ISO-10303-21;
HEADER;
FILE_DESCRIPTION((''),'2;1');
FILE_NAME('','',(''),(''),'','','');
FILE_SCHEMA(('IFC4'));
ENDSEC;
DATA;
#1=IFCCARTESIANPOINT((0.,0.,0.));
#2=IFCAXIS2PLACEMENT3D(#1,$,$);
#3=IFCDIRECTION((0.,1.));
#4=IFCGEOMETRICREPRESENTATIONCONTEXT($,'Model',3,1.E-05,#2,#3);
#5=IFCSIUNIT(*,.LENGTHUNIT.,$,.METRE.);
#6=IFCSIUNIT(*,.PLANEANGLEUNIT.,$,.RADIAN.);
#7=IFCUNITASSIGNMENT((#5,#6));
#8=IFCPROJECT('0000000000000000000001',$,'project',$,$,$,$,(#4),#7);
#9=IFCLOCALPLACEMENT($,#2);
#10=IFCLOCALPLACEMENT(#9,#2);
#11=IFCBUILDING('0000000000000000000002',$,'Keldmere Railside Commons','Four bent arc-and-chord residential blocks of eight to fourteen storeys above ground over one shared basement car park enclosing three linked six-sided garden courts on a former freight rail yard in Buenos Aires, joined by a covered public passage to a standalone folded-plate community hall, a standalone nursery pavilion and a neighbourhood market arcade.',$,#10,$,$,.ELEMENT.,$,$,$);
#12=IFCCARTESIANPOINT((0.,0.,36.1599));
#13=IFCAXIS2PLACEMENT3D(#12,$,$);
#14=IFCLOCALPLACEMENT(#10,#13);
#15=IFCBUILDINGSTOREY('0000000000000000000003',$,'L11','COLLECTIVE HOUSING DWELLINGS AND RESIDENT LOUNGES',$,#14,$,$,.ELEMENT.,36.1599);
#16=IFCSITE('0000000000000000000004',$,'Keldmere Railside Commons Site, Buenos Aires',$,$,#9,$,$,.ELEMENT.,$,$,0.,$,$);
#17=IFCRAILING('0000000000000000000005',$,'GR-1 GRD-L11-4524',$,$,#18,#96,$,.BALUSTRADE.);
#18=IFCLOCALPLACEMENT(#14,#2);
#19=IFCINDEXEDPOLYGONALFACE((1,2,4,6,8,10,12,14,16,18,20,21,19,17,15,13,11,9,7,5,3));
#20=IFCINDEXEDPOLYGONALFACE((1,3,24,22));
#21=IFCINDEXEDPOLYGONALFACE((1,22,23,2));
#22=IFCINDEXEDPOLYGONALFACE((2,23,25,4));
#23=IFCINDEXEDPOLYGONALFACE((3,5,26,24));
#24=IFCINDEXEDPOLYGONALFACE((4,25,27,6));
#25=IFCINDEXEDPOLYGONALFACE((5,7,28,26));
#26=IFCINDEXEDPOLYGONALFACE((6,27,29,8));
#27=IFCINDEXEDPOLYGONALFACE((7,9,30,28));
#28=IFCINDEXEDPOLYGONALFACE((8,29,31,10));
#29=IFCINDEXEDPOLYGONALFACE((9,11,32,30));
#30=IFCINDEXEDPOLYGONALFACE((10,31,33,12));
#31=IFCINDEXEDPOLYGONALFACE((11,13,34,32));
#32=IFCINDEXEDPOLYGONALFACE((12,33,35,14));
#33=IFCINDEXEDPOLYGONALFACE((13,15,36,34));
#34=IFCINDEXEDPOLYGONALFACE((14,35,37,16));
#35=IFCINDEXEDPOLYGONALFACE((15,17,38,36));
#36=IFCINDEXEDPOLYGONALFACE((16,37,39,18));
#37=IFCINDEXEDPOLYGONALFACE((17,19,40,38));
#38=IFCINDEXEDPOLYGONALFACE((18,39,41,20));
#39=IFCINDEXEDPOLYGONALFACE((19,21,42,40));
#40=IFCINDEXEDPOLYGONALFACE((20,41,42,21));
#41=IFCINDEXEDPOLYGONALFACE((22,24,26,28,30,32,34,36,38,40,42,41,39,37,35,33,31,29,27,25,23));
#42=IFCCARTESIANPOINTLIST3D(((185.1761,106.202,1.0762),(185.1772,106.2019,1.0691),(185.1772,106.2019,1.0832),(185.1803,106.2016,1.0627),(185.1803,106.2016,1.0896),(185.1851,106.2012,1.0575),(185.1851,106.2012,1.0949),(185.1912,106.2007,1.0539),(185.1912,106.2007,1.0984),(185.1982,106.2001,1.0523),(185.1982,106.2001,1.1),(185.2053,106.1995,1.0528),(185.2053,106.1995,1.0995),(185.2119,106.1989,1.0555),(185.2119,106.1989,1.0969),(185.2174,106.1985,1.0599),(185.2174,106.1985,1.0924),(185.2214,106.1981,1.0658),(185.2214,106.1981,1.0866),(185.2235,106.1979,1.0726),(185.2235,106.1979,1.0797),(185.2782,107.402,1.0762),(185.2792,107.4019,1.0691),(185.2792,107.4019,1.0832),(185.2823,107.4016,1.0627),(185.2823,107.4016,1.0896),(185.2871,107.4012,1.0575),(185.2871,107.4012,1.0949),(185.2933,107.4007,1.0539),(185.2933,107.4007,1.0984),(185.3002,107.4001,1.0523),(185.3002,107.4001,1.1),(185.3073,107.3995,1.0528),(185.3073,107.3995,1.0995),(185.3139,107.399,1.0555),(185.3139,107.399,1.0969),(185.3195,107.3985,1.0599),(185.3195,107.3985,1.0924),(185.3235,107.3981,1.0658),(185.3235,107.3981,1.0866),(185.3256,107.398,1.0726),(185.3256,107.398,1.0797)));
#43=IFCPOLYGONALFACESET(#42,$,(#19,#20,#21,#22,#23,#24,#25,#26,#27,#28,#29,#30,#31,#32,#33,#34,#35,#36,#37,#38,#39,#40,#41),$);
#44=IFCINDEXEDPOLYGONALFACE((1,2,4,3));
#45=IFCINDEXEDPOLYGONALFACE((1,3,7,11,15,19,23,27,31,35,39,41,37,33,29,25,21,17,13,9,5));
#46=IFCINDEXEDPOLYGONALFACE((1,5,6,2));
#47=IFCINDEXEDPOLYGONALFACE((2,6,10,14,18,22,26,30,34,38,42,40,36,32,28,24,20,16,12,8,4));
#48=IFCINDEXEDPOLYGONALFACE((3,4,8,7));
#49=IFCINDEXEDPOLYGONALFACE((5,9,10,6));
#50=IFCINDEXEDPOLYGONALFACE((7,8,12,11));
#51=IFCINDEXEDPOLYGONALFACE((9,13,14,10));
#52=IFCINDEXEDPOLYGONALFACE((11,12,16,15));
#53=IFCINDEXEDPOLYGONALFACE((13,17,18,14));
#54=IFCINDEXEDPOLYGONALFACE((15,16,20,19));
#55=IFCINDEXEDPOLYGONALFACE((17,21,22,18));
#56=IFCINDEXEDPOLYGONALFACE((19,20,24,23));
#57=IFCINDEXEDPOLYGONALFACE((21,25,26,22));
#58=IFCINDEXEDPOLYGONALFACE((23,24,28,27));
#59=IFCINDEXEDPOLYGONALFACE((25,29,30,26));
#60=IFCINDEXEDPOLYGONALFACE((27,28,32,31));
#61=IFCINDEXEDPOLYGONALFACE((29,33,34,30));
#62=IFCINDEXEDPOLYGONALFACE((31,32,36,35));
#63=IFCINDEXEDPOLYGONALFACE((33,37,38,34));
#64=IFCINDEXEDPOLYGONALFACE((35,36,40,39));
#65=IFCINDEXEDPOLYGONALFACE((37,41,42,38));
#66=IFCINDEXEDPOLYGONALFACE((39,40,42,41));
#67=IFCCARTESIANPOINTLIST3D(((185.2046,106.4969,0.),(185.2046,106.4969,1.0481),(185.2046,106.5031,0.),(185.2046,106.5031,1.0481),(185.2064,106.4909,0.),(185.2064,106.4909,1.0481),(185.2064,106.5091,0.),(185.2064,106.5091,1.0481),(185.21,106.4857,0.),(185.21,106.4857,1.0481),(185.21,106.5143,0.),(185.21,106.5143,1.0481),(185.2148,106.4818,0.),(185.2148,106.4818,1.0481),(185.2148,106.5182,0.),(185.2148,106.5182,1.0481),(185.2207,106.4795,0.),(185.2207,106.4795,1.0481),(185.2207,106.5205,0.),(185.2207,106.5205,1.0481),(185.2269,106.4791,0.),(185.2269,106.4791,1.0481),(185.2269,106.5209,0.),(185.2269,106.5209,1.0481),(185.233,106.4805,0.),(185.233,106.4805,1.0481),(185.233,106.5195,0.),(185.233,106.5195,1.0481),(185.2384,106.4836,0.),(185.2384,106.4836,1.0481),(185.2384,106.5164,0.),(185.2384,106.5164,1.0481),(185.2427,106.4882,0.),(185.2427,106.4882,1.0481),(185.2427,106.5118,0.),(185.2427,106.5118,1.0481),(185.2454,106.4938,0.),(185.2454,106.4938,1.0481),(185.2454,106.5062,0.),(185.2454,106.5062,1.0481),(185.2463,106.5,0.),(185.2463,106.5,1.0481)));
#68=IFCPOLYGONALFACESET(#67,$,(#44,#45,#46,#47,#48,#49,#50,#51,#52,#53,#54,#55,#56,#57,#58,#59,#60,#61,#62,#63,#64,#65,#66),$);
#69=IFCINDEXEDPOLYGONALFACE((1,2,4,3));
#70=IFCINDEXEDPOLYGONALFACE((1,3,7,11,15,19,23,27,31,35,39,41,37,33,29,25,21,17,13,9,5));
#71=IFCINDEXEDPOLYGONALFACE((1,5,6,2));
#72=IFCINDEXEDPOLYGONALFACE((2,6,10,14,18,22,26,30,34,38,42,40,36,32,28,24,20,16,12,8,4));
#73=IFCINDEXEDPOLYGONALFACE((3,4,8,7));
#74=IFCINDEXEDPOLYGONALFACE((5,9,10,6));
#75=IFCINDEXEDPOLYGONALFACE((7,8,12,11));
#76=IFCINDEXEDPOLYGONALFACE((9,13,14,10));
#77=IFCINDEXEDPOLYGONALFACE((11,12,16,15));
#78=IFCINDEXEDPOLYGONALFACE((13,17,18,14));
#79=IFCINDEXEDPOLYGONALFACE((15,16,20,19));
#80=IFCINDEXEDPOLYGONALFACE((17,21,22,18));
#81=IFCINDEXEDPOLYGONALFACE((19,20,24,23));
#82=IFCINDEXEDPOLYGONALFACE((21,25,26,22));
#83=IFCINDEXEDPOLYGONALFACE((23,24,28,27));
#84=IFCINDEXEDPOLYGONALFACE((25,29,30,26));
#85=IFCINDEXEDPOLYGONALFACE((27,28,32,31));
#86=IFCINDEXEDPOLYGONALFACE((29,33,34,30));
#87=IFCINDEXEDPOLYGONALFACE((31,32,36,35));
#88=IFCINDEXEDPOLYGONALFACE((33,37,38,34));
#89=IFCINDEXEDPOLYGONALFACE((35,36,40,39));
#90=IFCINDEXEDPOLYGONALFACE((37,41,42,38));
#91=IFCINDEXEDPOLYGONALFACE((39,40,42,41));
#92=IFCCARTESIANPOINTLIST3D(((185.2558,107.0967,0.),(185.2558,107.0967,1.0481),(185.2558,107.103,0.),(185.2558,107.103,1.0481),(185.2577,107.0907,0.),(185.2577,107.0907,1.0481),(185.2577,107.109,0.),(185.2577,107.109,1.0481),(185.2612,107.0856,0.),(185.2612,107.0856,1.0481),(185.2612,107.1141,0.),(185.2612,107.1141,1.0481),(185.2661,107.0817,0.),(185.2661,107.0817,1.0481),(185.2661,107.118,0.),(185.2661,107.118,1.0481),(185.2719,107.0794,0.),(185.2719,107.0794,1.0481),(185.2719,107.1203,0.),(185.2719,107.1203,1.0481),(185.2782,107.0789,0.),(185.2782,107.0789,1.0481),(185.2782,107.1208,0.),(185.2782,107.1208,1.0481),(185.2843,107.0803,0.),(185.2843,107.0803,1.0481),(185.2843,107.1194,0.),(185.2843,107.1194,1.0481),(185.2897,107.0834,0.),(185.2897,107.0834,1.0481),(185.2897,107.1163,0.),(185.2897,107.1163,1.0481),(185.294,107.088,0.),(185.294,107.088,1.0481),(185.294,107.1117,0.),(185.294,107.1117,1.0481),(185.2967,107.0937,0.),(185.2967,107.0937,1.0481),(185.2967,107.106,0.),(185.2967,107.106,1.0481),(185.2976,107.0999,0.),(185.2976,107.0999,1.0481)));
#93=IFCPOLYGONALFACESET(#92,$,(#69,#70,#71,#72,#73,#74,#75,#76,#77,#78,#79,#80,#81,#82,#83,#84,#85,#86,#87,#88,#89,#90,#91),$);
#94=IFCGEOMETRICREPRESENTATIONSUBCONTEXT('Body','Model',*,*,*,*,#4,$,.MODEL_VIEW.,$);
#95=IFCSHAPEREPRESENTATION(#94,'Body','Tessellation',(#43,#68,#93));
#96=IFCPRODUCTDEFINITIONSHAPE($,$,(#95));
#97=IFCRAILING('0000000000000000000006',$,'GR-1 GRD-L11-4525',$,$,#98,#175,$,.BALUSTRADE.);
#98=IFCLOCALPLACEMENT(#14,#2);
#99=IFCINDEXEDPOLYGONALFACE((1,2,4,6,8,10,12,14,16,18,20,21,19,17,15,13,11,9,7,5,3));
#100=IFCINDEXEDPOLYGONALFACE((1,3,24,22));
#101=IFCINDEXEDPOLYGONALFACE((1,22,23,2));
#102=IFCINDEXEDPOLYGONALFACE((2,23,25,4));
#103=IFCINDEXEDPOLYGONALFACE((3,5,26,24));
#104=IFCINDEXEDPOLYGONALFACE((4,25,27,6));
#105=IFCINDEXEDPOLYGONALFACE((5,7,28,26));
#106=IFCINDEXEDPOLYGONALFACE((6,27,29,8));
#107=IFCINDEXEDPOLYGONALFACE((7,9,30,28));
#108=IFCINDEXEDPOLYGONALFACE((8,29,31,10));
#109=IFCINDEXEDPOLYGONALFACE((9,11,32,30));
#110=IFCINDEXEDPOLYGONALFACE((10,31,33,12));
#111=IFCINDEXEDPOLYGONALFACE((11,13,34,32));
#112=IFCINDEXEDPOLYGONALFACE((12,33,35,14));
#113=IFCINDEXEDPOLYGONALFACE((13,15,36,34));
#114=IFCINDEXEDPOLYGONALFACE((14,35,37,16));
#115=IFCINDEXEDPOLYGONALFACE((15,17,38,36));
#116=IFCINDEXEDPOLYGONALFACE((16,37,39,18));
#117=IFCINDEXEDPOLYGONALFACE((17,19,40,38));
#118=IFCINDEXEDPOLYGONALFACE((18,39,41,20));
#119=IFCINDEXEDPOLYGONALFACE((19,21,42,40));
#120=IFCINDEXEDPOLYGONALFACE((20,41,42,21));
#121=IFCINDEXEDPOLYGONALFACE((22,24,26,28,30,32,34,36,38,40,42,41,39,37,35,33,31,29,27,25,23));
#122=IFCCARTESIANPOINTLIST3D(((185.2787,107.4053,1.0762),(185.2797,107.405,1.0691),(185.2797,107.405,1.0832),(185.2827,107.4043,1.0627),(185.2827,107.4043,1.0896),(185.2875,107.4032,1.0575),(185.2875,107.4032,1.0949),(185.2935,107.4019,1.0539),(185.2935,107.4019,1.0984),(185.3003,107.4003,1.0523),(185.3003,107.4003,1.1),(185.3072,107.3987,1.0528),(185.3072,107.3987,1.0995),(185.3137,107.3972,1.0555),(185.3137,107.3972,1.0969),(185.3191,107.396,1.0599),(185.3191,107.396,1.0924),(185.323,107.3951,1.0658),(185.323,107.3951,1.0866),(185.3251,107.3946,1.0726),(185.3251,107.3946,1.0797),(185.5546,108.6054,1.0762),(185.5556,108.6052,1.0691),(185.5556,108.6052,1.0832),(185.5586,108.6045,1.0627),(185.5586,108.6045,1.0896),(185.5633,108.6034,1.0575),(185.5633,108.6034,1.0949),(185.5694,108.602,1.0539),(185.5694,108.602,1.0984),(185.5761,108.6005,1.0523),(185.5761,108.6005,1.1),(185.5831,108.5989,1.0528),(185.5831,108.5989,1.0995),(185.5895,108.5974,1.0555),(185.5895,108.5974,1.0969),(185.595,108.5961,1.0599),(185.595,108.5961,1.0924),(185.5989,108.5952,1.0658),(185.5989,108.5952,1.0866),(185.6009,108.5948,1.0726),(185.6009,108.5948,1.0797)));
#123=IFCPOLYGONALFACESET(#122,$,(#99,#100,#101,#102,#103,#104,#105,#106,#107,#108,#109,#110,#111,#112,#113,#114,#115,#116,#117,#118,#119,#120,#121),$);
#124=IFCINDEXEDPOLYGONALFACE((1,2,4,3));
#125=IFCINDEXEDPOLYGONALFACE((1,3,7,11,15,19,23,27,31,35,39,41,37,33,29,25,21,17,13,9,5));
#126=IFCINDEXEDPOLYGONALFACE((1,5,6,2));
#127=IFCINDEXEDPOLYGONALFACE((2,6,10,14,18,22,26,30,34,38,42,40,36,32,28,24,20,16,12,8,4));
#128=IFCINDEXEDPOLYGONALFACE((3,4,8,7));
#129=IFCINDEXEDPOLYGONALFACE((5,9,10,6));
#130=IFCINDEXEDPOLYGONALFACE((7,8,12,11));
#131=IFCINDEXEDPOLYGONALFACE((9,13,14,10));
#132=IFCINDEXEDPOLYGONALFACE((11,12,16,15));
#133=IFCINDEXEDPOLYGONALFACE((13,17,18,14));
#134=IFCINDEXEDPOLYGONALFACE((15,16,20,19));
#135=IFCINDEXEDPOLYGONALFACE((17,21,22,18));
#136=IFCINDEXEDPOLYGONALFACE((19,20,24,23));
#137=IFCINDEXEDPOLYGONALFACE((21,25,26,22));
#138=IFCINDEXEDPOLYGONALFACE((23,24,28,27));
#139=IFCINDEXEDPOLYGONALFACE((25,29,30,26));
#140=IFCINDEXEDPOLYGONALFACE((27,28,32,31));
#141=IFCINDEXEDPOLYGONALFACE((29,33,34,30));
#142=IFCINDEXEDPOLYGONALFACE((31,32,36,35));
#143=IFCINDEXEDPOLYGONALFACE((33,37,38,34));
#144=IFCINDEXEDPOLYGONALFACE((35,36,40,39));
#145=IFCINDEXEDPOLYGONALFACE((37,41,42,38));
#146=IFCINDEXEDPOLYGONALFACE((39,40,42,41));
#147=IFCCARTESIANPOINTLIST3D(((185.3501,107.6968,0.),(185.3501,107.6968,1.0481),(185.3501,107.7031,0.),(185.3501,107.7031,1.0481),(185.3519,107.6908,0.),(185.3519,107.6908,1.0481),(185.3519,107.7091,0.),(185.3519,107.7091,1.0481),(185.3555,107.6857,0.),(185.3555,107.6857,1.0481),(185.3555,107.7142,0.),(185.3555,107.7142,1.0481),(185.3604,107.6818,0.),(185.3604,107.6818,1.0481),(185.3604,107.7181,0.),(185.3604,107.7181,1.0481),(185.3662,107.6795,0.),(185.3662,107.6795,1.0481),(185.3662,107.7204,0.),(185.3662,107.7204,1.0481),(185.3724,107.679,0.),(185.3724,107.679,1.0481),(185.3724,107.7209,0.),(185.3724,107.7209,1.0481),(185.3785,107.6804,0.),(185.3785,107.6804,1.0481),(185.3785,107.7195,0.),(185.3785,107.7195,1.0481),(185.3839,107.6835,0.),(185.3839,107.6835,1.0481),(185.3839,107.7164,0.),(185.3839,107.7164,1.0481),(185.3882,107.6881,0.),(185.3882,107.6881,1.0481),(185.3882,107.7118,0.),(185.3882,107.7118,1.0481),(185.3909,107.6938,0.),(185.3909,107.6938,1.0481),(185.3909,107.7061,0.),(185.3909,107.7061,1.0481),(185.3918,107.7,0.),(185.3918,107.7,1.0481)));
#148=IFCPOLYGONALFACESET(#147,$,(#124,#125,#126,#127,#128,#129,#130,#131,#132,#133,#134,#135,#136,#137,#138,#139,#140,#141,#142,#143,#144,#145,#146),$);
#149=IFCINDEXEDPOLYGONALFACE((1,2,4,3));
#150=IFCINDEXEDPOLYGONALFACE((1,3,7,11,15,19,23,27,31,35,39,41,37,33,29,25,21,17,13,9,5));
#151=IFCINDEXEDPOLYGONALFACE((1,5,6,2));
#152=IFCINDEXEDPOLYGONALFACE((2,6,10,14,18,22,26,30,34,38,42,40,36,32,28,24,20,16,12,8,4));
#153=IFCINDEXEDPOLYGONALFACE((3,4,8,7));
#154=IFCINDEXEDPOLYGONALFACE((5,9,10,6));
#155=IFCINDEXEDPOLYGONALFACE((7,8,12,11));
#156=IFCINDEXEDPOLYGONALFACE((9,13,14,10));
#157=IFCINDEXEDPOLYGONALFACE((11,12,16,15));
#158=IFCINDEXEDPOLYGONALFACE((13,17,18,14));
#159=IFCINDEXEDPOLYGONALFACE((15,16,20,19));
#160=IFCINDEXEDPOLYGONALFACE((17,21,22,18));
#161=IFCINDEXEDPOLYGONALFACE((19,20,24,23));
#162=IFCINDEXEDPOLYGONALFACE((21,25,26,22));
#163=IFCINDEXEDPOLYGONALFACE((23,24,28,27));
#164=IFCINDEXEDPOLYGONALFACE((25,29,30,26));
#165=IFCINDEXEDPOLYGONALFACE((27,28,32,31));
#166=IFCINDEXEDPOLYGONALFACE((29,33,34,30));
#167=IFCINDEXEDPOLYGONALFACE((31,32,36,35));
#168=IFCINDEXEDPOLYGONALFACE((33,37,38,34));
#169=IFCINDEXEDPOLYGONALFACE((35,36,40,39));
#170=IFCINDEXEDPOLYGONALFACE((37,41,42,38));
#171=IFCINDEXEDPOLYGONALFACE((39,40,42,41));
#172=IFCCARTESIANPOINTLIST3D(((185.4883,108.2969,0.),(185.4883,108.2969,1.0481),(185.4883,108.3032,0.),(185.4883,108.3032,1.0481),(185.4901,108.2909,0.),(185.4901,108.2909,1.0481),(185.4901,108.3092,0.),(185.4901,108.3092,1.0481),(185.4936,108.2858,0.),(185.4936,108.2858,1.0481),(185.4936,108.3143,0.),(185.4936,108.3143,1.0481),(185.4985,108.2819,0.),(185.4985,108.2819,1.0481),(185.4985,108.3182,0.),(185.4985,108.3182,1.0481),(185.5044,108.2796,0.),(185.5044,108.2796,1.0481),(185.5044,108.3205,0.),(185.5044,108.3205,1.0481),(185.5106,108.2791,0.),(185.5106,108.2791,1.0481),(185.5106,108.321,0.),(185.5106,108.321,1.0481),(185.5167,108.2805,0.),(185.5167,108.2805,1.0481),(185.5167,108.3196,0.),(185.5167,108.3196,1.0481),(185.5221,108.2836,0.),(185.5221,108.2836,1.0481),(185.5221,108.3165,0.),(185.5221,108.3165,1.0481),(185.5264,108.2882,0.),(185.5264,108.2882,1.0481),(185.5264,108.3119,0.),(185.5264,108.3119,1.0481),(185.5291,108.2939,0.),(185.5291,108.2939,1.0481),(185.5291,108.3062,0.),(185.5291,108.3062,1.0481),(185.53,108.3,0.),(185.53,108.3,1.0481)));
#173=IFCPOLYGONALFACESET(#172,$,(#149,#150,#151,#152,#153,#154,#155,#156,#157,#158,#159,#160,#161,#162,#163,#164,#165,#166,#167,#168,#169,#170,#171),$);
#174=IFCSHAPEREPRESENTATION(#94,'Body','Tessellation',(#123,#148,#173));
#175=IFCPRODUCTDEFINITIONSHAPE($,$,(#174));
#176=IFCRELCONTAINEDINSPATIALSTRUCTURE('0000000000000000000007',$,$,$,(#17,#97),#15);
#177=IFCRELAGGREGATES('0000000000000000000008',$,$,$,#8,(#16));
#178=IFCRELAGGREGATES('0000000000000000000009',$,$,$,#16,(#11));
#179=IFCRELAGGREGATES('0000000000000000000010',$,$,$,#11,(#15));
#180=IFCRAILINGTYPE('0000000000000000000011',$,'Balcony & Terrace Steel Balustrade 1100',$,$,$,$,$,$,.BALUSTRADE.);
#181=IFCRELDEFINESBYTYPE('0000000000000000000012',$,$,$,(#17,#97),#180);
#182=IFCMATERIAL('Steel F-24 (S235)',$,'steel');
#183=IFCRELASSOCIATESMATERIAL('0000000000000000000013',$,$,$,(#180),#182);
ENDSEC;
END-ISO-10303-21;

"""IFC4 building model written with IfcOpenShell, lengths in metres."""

from ifc_helpers import new_model, si_unit, direction, frame, origin, origin_2d, place, context, subcontext, project, spatial, circle, extrude, material, type_object, element, save


model = new_model("IFC4")

# Units and contexts
model_context = context("Model", 3, precision=1e-05, world=origin(), true_north=direction((0.0, 1.0)))
body_context = subcontext(model_context, "Body", "Model", "MODEL_VIEW")
ifc_project = project(units=[si_unit("LENGTHUNIT", "METRE"), si_unit("PLANEANGLEUNIT", "RADIAN")], contexts=[model_context])

# Site, building, storey
site_placement = place(None, origin())
site = spatial("IfcSite", under=ifc_project, at=site_placement, Name="Keldmere Railside Commons Site, Buenos Aires", CompositionType="ELEMENT", RefElevation=0.0)
building_placement = place(site_placement, origin())
building = spatial("IfcBuilding", under=site, at=building_placement, Name="Keldmere Railside Commons", Description="Four bent arc-and-chord residential blocks of eight to fourteen storeys above ground over one shared basement car park enclosing three linked six-sided garden courts on a former freight rail yard in Buenos Aires, joined by a covered public passage to a standalone folded-plate community hall, a standalone nursery pavilion and a neighbourhood market arcade.", CompositionType="ELEMENT")
storey_placement = place(building_placement, frame((0.0, 0.0, 36.1599)))
storey = spatial("IfcBuildingStorey", under=building, at=storey_placement, Name="L11", Description="COLLECTIVE HOUSING DWELLINGS AND RESIDENT LOUNGES", CompositionType="ELEMENT", Elevation=36.1599)

# Railings
ifc_material_1 = material(Name="Steel F-24 (S235)", Category="steel")
railing_type = type_object("IfcRailingType", Name="Balcony & Terrace Steel Balustrade 1100", PredefinedType="BALUSTRADE", material=ifc_material_1)
railing_1_placement = place(storey_placement, frame((185.2, 106.2, 0.0)))
element("IfcRailing", 1, at=railing_1_placement, inside=storey, type_object=railing_type, Name="GR-1 GRD-L11-4524", PredefinedType="BALUSTRADE", context=body_context, shape_type="SweptSolid", body=[
    extrude(circle(Radius=0.0239, at=origin_2d()), frame((0.0, 0.0, 1.0762), z_axis=(0.08474, 0.996403, 0.0), x_axis=(-0.996403, 0.08474, 0.0)), (0.0, 0.0, 1.0), 1.2043),
    extrude(circle(Radius=0.021, at=origin_2d()), frame((0.0254, 0.3, 0.0)), (0.0, 0.0, 1.0), 1.0481),
    extrude(circle(Radius=0.021, at=origin_2d()), frame((0.0767, 0.8999, 0.0)), (0.0, 0.0, 1.0), 1.0481),
])
railing_2_placement = place(storey_placement, frame((185.302, 107.3999, 0.0)))
element("IfcRailing", 2, at=railing_2_placement, inside=storey, type_object=railing_type, Name="GR-1 GRD-L11-4525", PredefinedType="BALUSTRADE", context=body_context, shape_type="SweptSolid", body=[
    extrude(circle(Radius=0.0239, at=origin_2d()), frame((0.0, 0.0, 1.0762), z_axis=(0.22402, 0.974585, 0.0), x_axis=(-0.974585, 0.22402, 0.0)), (0.0, 0.0, 1.0), 1.2314),
    extrude(circle(Radius=0.021, at=origin_2d()), frame((0.0688, 0.3, 0.0)), (0.0, 0.0, 1.0), 1.0481),
    extrude(circle(Radius=0.021, at=origin_2d()), frame((0.207, 0.9001, 0.0)), (0.0, 0.0, 1.0), 1.0481),
])

save(model, "model.ifc")
